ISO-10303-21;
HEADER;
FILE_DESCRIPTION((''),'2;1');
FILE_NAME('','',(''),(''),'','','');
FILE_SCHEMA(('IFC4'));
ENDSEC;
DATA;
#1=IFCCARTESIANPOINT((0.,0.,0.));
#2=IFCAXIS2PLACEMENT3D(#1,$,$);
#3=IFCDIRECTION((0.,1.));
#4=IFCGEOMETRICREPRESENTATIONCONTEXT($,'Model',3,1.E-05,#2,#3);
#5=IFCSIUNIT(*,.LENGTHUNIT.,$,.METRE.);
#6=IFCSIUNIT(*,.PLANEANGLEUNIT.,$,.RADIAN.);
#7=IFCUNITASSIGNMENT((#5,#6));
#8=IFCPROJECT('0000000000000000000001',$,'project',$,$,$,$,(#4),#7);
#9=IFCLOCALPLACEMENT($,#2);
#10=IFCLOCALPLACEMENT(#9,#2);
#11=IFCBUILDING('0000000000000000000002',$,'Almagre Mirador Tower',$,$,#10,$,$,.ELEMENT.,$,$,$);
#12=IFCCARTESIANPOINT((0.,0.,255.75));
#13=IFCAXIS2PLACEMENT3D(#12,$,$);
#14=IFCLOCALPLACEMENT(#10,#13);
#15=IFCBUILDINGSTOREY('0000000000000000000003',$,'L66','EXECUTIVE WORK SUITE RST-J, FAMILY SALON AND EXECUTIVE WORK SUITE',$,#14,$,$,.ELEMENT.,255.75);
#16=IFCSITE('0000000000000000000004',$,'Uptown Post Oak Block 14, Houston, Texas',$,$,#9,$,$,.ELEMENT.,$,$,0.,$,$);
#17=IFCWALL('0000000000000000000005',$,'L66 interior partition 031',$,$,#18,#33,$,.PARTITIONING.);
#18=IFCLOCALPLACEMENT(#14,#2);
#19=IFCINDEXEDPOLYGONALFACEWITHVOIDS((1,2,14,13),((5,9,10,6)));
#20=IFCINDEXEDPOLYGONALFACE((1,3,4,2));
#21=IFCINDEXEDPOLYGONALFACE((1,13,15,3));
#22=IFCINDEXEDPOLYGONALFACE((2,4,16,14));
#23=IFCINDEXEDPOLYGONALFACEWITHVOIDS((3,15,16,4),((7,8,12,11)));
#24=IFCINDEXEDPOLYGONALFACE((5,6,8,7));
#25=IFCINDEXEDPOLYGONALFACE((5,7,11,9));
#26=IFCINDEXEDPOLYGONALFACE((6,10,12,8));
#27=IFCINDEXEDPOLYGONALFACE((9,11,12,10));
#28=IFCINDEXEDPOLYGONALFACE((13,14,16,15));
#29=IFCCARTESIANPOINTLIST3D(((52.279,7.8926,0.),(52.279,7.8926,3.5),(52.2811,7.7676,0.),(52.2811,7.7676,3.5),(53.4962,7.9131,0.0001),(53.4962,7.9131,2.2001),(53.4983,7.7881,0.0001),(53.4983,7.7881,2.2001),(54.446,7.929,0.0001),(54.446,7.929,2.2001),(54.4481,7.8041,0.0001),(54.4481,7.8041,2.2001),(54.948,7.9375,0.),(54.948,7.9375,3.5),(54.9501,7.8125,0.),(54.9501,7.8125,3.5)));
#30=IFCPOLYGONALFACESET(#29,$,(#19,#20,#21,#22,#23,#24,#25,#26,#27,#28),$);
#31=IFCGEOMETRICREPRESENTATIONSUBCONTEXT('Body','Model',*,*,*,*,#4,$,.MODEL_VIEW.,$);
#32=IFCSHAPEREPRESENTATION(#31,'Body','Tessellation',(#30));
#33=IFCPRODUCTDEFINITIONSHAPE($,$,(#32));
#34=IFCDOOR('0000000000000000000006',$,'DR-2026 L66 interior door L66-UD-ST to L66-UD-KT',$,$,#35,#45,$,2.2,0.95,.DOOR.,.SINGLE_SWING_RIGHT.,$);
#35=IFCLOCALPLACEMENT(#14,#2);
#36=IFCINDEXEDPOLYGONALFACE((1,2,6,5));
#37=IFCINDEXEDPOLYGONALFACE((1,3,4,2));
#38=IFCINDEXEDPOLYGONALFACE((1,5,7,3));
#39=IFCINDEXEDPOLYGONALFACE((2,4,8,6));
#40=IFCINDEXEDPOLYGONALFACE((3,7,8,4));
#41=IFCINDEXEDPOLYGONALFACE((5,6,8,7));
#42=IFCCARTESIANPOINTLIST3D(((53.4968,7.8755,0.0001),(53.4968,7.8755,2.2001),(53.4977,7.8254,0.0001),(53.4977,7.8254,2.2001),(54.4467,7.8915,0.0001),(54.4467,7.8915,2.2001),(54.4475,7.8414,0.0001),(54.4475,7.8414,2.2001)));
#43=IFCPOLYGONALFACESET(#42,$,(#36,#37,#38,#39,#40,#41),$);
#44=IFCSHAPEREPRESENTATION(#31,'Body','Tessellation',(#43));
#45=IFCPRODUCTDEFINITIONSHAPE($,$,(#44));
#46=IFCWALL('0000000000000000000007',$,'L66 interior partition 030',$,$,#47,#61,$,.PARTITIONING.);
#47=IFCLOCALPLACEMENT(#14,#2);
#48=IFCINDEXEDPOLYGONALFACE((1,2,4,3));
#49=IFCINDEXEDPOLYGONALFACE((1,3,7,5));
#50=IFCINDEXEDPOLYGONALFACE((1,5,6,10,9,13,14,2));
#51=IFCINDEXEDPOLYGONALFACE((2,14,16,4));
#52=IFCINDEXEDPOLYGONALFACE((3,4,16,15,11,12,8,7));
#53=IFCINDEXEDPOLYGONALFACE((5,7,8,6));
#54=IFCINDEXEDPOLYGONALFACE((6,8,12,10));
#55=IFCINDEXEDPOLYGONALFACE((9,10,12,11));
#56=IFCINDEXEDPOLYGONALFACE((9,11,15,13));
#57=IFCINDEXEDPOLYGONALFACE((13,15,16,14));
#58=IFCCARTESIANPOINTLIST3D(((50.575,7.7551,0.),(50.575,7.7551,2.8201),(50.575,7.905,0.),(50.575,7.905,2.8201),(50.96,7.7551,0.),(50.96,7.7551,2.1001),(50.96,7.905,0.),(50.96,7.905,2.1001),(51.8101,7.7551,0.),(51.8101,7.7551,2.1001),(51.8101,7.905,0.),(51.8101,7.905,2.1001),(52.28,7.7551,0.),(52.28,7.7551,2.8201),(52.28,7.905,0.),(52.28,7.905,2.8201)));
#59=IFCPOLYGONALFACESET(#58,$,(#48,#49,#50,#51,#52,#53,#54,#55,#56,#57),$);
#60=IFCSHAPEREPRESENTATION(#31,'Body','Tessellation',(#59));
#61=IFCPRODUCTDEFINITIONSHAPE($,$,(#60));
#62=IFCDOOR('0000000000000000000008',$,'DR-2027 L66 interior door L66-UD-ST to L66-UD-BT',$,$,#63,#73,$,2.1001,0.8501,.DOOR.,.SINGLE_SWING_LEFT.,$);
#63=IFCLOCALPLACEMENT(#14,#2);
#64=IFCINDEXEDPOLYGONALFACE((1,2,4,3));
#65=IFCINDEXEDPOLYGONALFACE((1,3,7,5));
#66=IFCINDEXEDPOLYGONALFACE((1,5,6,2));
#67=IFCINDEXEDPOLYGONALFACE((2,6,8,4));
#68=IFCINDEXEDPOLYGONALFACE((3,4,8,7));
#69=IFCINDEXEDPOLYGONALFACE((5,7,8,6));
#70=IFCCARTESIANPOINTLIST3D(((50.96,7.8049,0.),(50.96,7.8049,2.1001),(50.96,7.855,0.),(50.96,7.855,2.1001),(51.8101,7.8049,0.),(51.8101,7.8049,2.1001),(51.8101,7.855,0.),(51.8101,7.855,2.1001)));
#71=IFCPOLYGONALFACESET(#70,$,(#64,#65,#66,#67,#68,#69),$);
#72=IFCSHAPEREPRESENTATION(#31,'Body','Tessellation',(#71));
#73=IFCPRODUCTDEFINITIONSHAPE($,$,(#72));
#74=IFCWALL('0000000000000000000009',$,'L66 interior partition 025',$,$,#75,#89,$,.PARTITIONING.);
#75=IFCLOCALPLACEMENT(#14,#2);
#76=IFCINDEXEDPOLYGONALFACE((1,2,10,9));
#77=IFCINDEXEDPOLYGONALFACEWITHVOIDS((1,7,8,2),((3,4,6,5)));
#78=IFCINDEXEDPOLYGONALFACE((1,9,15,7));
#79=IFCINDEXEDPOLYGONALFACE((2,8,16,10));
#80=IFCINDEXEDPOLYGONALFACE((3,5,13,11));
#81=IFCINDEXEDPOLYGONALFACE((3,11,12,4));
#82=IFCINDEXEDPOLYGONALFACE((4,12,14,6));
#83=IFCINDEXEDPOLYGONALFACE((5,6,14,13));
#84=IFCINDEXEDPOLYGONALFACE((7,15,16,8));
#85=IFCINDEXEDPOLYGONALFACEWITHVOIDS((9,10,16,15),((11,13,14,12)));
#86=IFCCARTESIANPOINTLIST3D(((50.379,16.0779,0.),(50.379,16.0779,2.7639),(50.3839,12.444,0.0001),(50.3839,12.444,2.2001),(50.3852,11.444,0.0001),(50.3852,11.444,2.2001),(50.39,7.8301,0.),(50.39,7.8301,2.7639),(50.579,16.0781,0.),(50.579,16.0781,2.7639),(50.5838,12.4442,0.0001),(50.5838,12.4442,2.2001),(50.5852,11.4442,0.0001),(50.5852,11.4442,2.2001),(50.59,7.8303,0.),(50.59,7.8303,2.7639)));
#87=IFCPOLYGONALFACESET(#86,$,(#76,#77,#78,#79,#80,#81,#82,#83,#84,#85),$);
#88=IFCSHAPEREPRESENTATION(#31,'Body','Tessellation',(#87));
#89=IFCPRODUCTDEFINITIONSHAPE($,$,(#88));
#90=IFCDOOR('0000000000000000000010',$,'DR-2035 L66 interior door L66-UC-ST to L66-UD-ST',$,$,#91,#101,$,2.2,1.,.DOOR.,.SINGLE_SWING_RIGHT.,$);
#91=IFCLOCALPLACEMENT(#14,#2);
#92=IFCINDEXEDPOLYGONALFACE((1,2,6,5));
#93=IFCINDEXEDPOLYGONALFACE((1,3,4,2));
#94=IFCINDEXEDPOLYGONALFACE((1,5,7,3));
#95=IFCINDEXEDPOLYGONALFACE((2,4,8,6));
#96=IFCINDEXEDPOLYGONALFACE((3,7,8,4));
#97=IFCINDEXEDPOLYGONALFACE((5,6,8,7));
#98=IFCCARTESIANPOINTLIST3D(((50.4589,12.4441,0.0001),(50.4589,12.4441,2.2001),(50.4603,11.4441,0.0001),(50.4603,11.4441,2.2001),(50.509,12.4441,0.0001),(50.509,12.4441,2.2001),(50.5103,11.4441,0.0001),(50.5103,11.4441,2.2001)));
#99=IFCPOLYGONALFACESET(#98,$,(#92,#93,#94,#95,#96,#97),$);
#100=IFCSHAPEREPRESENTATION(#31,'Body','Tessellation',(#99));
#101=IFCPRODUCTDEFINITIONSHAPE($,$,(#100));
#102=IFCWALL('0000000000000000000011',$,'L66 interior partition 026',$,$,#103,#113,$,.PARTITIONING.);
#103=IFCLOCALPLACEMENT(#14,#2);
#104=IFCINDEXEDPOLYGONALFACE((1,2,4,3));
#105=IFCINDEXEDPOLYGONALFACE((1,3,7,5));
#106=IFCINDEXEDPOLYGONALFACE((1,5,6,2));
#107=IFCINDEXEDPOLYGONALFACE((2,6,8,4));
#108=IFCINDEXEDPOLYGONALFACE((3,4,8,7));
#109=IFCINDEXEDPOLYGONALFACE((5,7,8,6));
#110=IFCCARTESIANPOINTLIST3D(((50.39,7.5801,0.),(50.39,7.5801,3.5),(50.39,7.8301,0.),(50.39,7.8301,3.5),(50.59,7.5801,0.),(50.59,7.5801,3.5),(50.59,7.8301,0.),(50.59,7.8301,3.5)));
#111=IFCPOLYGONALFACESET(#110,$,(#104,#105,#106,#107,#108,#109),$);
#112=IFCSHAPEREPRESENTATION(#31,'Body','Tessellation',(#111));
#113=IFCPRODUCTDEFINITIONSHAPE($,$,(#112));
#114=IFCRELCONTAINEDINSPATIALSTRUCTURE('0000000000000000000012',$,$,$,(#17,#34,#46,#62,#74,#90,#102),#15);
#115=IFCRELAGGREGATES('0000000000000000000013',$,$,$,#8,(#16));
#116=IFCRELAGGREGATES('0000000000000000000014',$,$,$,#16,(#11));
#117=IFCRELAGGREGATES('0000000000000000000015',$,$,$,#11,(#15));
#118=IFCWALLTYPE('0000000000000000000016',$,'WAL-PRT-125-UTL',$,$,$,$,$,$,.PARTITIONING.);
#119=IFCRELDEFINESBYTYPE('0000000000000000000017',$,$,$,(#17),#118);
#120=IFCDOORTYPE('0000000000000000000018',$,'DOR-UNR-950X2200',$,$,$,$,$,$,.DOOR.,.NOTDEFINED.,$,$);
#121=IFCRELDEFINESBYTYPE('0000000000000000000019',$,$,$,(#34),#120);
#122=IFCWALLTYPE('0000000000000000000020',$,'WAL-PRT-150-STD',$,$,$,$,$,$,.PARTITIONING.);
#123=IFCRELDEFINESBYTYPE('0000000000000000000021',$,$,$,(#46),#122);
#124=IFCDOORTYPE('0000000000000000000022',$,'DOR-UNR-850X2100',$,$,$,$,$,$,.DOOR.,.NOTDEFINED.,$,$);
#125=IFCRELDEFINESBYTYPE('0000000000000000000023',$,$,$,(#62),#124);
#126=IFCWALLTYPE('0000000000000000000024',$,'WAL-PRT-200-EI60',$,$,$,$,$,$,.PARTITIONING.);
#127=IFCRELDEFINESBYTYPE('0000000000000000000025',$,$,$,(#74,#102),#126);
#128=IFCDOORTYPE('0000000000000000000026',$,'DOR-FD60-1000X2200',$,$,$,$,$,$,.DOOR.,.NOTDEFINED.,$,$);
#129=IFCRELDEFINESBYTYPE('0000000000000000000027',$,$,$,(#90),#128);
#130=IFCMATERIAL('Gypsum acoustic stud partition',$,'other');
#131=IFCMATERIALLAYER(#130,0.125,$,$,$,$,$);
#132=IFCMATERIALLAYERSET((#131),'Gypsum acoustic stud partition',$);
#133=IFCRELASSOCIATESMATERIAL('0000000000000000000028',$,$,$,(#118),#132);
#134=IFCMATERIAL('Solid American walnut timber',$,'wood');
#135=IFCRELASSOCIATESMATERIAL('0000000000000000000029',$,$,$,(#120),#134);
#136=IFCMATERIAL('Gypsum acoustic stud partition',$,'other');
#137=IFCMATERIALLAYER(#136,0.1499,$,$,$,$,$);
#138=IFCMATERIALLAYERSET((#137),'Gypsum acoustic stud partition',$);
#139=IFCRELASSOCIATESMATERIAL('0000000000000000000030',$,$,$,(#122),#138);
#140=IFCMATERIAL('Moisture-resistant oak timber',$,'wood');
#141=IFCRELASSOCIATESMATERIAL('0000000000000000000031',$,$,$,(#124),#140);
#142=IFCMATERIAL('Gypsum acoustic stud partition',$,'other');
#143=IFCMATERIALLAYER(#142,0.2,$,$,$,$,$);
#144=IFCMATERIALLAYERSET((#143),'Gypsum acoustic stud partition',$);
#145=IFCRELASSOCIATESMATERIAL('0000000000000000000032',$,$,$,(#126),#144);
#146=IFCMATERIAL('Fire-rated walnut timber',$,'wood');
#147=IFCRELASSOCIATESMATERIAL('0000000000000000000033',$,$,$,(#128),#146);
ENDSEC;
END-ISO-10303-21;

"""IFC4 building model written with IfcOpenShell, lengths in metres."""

from ifc_helpers import new_model, si_unit, direction, frame, frame_2d, origin, place, context, subcontext, project, spatial, rectangle, extrude, material, layer, layer_set, type_object, element, fill, save


model = new_model("IFC4")

# Units and contexts
model_context = context("Model", 3, precision=1e-05, world=origin(), true_north=direction((0.0, 1.0)))
body_context = subcontext(model_context, "Body", "Model", "MODEL_VIEW")
ifc_project = project(units=[si_unit("LENGTHUNIT", "METRE"), si_unit("PLANEANGLEUNIT", "RADIAN")], contexts=[model_context])

# Site, building, storey
site_placement = place(None, origin())
site = spatial("IfcSite", under=ifc_project, at=site_placement, Name="Uptown Post Oak Block 14, Houston, Texas", CompositionType="ELEMENT", RefElevation=0.0)
building_placement = place(site_placement, origin())
building = spatial("IfcBuilding", under=site, at=building_placement, Name="Almagre Mirador Tower", CompositionType="ELEMENT")
storey_placement = place(building_placement, frame((0.0, 0.0, 255.75)))
storey = spatial("IfcBuildingStorey", under=building, at=storey_placement, Name="L66", Description="EXECUTIVE WORK SUITE RST-J, FAMILY SALON AND EXECUTIVE WORK SUITE", CompositionType="ELEMENT", Elevation=255.75)

# Walls, openings, doors
ifc_material_1 = material(Name="Gypsum acoustic stud partition", Category="other")
ifc_layer_1 = layer(ifc_material_1, 0.125)
ifc_layer_set_1 = layer_set([ifc_layer_1], Name="Gypsum acoustic stud partition")
wall_type_1 = type_object("IfcWallType", Name="WAL-PRT-125-UTL", PredefinedType="PARTITIONING", material=ifc_layer_set_1)
ifc_material_2 = material(Name="Solid American walnut timber", Category="wood")
door_type_1 = type_object("IfcDoorType", Name="DOR-UNR-950X2200", OperationType="NOTDEFINED", PredefinedType="DOOR", material=ifc_material_2)
wall_1_placement = place(storey_placement, frame((52.28, 7.8301, 0.0), z_axis=(0.0, 0.0, 1.0), x_axis=(0.999858, 0.016829, 0.0)))
wall_1 = element("IfcWall", 1, at=wall_1_placement, inside=storey, type_object=wall_type_1, Name="L66 interior partition 031", PredefinedType="PARTITIONING", context=body_context, shape_type="SweptSolid", body=[
    extrude(rectangle(XDim=2.6694, YDim=0.125, at=frame_2d((1.3347, 0.0))), origin(), (0.0, 0.0, 1.0), 3.5),
])
opening_1_placement = place(wall_1_placement, frame((1.2173, 0.0, 0.0)))
opening_1 = element("IfcOpeningElement", 2, at=opening_1_placement, cuts=wall_1, PredefinedType="OPENING", context=body_context, shape_type="SweptSolid", body=[
    extrude(rectangle(XDim=0.95, YDim=2.2, at=frame_2d((0.4751, 1.1001))), frame((0.0, 0.0725, 0.0), z_axis=(0.0, -1.0, 0.0), x_axis=(1.0, 0.0, 0.0)), (0.0, 0.0, 1.0), 0.145),
])
door_1_placement = place(opening_1_placement, origin())
door_1 = element("IfcDoor", 3, at=door_1_placement, inside=storey, type_object=door_type_1, Name="DR-2026 L66 interior door L66-UD-ST to L66-UD-KT", OperationType="SINGLE_SWING_RIGHT", OverallHeight=2.2, OverallWidth=0.95, PredefinedType="DOOR", context=body_context, shape_type="SweptSolid", body=[
    extrude(rectangle(XDim=0.95, YDim=2.2, at=frame_2d((0.4751, 1.1001))), frame((0.0, 0.0249, 0.0), z_axis=(0.0, -1.0, 0.0), x_axis=(1.0, 0.0, 0.0)), (0.0, 0.0, 1.0), 0.05),
])
fill(opening_1, door_1)
ifc_material_3 = material(Name="Gypsum acoustic stud partition", Category="other")
ifc_layer_2 = layer(ifc_material_3, 0.1499)
ifc_layer_set_2 = layer_set([ifc_layer_2], Name="Gypsum acoustic stud partition")
wall_type_2 = type_object("IfcWallType", Name="WAL-PRT-150-STD", PredefinedType="PARTITIONING", material=ifc_layer_set_2)
wall_2_placement = place(storey_placement, frame((50.575, 7.8301, 0.0), z_axis=(0.0, 0.0, 1.0), x_axis=(1.0, 0.0, 0.0)))
wall_2 = element("IfcWall", 4, at=wall_2_placement, inside=storey, type_object=wall_type_2, Name="L66 interior partition 030", PredefinedType="PARTITIONING", context=body_context, shape_type="SweptSolid", body=[
    extrude(rectangle(XDim=1.7051, YDim=0.1499, at=frame_2d((0.8525, 0.0))), origin(), (0.0, 0.0, 1.0), 2.8201),
])
opening_2_placement = place(wall_2_placement, frame((0.385, 0.0, 0.0)))
opening_2 = element("IfcOpeningElement", 5, at=opening_2_placement, cuts=wall_2, PredefinedType="OPENING", context=body_context, shape_type="SweptSolid", body=[
    extrude(rectangle(XDim=0.8501, YDim=2.1001, at=frame_2d((0.425, 1.05))), frame((0.0, 0.085, 0.0), z_axis=(0.0, -1.0, 0.0), x_axis=(1.0, 0.0, 0.0)), (0.0, 0.0, 1.0), 0.1699),
])
ifc_material_4 = material(Name="Moisture-resistant oak timber", Category="wood")
door_type_2 = type_object("IfcDoorType", Name="DOR-UNR-850X2100", OperationType="NOTDEFINED", PredefinedType="DOOR", material=ifc_material_4)
door_2_placement = place(opening_2_placement, origin())
door_2 = element("IfcDoor", 6, at=door_2_placement, inside=storey, type_object=door_type_2, Name="DR-2027 L66 interior door L66-UD-ST to L66-UD-BT", OperationType="SINGLE_SWING_LEFT", OverallHeight=2.1001, OverallWidth=0.8501, PredefinedType="DOOR", context=body_context, shape_type="SweptSolid", body=[
    extrude(rectangle(XDim=0.8501, YDim=2.1001, at=frame_2d((0.425, 1.05))), frame((0.0, 0.0249, 0.0), z_axis=(0.0, -1.0, 0.0), x_axis=(1.0, 0.0, 0.0)), (0.0, 0.0, 1.0), 0.05),
])
fill(opening_2, door_2)
ifc_material_5 = material(Name="Gypsum acoustic stud partition", Category="other")
ifc_layer_3 = layer(ifc_material_5, 0.2)
ifc_layer_set_3 = layer_set([ifc_layer_3], Name="Gypsum acoustic stud partition")
wall_type_3 = type_object("IfcWallType", Name="WAL-PRT-200-EI60", PredefinedType="PARTITIONING", material=ifc_layer_set_3)
wall_3_placement = place(storey_placement, frame((50.49, 7.8301, 0.0), z_axis=(0.0, 0.0, 1.0), x_axis=(-0.001332, 0.999999, 0.0)))
wall_3 = element("IfcWall", 7, at=wall_3_placement, inside=storey, type_object=wall_type_3, Name="L66 interior partition 025", PredefinedType="PARTITIONING", context=body_context, shape_type="SweptSolid", body=[
    extrude(rectangle(XDim=8.2478, YDim=0.2, at=frame_2d((4.124, 0.0))), origin(), (0.0, 0.0, 1.0), 2.7639),
])
opening_3_placement = place(wall_3_placement, frame((3.614, 0.0, 0.0)))
opening_3 = element("IfcOpeningElement", 8, at=opening_3_placement, cuts=wall_3, PredefinedType="OPENING", context=body_context, shape_type="SweptSolid", body=[
    extrude(rectangle(XDim=1.0, YDim=2.2, at=frame_2d((0.5, 1.1001))), frame((0.0, 0.1101, 0.0), z_axis=(0.0, -1.0, 0.0), x_axis=(1.0, 0.0, 0.0)), (0.0, 0.0, 1.0), 0.22),
])
ifc_material_6 = material(Name="Fire-rated walnut timber", Category="wood")
door_type_3 = type_object("IfcDoorType", Name="DOR-FD60-1000X2200", OperationType="NOTDEFINED", PredefinedType="DOOR", material=ifc_material_6)
door_3_placement = place(opening_3_placement, origin())
door_3 = element("IfcDoor", 9, at=door_3_placement, inside=storey, type_object=door_type_3, Name="DR-2035 L66 interior door L66-UC-ST to L66-UD-ST", OperationType="SINGLE_SWING_RIGHT", OverallHeight=2.2, OverallWidth=1.0, PredefinedType="DOOR", context=body_context, shape_type="SweptSolid", body=[
    extrude(rectangle(XDim=1.0, YDim=2.2, at=frame_2d((0.5, 1.1001))), frame((0.0, 0.0249, 0.0), z_axis=(0.0, -1.0, 0.0), x_axis=(1.0, 0.0, 0.0)), (0.0, 0.0, 1.0), 0.05),
])
fill(opening_3, door_3)

# Wall
wall_4_placement = place(storey_placement, frame((50.49, 7.5801, 0.0), z_axis=(0.0, 0.0, 1.0), x_axis=(0.0, 1.0, 0.0)))
element("IfcWall", 10, at=wall_4_placement, inside=storey, type_object=wall_type_3, Name="L66 interior partition 026", PredefinedType="PARTITIONING", context=body_context, shape_type="SweptSolid", body=[
    extrude(rectangle(XDim=0.25, YDim=0.2, at=frame_2d((0.125, 0.0))), origin(), (0.0, 0.0, 1.0), 3.5),
])

save(model, "model.ifc")
